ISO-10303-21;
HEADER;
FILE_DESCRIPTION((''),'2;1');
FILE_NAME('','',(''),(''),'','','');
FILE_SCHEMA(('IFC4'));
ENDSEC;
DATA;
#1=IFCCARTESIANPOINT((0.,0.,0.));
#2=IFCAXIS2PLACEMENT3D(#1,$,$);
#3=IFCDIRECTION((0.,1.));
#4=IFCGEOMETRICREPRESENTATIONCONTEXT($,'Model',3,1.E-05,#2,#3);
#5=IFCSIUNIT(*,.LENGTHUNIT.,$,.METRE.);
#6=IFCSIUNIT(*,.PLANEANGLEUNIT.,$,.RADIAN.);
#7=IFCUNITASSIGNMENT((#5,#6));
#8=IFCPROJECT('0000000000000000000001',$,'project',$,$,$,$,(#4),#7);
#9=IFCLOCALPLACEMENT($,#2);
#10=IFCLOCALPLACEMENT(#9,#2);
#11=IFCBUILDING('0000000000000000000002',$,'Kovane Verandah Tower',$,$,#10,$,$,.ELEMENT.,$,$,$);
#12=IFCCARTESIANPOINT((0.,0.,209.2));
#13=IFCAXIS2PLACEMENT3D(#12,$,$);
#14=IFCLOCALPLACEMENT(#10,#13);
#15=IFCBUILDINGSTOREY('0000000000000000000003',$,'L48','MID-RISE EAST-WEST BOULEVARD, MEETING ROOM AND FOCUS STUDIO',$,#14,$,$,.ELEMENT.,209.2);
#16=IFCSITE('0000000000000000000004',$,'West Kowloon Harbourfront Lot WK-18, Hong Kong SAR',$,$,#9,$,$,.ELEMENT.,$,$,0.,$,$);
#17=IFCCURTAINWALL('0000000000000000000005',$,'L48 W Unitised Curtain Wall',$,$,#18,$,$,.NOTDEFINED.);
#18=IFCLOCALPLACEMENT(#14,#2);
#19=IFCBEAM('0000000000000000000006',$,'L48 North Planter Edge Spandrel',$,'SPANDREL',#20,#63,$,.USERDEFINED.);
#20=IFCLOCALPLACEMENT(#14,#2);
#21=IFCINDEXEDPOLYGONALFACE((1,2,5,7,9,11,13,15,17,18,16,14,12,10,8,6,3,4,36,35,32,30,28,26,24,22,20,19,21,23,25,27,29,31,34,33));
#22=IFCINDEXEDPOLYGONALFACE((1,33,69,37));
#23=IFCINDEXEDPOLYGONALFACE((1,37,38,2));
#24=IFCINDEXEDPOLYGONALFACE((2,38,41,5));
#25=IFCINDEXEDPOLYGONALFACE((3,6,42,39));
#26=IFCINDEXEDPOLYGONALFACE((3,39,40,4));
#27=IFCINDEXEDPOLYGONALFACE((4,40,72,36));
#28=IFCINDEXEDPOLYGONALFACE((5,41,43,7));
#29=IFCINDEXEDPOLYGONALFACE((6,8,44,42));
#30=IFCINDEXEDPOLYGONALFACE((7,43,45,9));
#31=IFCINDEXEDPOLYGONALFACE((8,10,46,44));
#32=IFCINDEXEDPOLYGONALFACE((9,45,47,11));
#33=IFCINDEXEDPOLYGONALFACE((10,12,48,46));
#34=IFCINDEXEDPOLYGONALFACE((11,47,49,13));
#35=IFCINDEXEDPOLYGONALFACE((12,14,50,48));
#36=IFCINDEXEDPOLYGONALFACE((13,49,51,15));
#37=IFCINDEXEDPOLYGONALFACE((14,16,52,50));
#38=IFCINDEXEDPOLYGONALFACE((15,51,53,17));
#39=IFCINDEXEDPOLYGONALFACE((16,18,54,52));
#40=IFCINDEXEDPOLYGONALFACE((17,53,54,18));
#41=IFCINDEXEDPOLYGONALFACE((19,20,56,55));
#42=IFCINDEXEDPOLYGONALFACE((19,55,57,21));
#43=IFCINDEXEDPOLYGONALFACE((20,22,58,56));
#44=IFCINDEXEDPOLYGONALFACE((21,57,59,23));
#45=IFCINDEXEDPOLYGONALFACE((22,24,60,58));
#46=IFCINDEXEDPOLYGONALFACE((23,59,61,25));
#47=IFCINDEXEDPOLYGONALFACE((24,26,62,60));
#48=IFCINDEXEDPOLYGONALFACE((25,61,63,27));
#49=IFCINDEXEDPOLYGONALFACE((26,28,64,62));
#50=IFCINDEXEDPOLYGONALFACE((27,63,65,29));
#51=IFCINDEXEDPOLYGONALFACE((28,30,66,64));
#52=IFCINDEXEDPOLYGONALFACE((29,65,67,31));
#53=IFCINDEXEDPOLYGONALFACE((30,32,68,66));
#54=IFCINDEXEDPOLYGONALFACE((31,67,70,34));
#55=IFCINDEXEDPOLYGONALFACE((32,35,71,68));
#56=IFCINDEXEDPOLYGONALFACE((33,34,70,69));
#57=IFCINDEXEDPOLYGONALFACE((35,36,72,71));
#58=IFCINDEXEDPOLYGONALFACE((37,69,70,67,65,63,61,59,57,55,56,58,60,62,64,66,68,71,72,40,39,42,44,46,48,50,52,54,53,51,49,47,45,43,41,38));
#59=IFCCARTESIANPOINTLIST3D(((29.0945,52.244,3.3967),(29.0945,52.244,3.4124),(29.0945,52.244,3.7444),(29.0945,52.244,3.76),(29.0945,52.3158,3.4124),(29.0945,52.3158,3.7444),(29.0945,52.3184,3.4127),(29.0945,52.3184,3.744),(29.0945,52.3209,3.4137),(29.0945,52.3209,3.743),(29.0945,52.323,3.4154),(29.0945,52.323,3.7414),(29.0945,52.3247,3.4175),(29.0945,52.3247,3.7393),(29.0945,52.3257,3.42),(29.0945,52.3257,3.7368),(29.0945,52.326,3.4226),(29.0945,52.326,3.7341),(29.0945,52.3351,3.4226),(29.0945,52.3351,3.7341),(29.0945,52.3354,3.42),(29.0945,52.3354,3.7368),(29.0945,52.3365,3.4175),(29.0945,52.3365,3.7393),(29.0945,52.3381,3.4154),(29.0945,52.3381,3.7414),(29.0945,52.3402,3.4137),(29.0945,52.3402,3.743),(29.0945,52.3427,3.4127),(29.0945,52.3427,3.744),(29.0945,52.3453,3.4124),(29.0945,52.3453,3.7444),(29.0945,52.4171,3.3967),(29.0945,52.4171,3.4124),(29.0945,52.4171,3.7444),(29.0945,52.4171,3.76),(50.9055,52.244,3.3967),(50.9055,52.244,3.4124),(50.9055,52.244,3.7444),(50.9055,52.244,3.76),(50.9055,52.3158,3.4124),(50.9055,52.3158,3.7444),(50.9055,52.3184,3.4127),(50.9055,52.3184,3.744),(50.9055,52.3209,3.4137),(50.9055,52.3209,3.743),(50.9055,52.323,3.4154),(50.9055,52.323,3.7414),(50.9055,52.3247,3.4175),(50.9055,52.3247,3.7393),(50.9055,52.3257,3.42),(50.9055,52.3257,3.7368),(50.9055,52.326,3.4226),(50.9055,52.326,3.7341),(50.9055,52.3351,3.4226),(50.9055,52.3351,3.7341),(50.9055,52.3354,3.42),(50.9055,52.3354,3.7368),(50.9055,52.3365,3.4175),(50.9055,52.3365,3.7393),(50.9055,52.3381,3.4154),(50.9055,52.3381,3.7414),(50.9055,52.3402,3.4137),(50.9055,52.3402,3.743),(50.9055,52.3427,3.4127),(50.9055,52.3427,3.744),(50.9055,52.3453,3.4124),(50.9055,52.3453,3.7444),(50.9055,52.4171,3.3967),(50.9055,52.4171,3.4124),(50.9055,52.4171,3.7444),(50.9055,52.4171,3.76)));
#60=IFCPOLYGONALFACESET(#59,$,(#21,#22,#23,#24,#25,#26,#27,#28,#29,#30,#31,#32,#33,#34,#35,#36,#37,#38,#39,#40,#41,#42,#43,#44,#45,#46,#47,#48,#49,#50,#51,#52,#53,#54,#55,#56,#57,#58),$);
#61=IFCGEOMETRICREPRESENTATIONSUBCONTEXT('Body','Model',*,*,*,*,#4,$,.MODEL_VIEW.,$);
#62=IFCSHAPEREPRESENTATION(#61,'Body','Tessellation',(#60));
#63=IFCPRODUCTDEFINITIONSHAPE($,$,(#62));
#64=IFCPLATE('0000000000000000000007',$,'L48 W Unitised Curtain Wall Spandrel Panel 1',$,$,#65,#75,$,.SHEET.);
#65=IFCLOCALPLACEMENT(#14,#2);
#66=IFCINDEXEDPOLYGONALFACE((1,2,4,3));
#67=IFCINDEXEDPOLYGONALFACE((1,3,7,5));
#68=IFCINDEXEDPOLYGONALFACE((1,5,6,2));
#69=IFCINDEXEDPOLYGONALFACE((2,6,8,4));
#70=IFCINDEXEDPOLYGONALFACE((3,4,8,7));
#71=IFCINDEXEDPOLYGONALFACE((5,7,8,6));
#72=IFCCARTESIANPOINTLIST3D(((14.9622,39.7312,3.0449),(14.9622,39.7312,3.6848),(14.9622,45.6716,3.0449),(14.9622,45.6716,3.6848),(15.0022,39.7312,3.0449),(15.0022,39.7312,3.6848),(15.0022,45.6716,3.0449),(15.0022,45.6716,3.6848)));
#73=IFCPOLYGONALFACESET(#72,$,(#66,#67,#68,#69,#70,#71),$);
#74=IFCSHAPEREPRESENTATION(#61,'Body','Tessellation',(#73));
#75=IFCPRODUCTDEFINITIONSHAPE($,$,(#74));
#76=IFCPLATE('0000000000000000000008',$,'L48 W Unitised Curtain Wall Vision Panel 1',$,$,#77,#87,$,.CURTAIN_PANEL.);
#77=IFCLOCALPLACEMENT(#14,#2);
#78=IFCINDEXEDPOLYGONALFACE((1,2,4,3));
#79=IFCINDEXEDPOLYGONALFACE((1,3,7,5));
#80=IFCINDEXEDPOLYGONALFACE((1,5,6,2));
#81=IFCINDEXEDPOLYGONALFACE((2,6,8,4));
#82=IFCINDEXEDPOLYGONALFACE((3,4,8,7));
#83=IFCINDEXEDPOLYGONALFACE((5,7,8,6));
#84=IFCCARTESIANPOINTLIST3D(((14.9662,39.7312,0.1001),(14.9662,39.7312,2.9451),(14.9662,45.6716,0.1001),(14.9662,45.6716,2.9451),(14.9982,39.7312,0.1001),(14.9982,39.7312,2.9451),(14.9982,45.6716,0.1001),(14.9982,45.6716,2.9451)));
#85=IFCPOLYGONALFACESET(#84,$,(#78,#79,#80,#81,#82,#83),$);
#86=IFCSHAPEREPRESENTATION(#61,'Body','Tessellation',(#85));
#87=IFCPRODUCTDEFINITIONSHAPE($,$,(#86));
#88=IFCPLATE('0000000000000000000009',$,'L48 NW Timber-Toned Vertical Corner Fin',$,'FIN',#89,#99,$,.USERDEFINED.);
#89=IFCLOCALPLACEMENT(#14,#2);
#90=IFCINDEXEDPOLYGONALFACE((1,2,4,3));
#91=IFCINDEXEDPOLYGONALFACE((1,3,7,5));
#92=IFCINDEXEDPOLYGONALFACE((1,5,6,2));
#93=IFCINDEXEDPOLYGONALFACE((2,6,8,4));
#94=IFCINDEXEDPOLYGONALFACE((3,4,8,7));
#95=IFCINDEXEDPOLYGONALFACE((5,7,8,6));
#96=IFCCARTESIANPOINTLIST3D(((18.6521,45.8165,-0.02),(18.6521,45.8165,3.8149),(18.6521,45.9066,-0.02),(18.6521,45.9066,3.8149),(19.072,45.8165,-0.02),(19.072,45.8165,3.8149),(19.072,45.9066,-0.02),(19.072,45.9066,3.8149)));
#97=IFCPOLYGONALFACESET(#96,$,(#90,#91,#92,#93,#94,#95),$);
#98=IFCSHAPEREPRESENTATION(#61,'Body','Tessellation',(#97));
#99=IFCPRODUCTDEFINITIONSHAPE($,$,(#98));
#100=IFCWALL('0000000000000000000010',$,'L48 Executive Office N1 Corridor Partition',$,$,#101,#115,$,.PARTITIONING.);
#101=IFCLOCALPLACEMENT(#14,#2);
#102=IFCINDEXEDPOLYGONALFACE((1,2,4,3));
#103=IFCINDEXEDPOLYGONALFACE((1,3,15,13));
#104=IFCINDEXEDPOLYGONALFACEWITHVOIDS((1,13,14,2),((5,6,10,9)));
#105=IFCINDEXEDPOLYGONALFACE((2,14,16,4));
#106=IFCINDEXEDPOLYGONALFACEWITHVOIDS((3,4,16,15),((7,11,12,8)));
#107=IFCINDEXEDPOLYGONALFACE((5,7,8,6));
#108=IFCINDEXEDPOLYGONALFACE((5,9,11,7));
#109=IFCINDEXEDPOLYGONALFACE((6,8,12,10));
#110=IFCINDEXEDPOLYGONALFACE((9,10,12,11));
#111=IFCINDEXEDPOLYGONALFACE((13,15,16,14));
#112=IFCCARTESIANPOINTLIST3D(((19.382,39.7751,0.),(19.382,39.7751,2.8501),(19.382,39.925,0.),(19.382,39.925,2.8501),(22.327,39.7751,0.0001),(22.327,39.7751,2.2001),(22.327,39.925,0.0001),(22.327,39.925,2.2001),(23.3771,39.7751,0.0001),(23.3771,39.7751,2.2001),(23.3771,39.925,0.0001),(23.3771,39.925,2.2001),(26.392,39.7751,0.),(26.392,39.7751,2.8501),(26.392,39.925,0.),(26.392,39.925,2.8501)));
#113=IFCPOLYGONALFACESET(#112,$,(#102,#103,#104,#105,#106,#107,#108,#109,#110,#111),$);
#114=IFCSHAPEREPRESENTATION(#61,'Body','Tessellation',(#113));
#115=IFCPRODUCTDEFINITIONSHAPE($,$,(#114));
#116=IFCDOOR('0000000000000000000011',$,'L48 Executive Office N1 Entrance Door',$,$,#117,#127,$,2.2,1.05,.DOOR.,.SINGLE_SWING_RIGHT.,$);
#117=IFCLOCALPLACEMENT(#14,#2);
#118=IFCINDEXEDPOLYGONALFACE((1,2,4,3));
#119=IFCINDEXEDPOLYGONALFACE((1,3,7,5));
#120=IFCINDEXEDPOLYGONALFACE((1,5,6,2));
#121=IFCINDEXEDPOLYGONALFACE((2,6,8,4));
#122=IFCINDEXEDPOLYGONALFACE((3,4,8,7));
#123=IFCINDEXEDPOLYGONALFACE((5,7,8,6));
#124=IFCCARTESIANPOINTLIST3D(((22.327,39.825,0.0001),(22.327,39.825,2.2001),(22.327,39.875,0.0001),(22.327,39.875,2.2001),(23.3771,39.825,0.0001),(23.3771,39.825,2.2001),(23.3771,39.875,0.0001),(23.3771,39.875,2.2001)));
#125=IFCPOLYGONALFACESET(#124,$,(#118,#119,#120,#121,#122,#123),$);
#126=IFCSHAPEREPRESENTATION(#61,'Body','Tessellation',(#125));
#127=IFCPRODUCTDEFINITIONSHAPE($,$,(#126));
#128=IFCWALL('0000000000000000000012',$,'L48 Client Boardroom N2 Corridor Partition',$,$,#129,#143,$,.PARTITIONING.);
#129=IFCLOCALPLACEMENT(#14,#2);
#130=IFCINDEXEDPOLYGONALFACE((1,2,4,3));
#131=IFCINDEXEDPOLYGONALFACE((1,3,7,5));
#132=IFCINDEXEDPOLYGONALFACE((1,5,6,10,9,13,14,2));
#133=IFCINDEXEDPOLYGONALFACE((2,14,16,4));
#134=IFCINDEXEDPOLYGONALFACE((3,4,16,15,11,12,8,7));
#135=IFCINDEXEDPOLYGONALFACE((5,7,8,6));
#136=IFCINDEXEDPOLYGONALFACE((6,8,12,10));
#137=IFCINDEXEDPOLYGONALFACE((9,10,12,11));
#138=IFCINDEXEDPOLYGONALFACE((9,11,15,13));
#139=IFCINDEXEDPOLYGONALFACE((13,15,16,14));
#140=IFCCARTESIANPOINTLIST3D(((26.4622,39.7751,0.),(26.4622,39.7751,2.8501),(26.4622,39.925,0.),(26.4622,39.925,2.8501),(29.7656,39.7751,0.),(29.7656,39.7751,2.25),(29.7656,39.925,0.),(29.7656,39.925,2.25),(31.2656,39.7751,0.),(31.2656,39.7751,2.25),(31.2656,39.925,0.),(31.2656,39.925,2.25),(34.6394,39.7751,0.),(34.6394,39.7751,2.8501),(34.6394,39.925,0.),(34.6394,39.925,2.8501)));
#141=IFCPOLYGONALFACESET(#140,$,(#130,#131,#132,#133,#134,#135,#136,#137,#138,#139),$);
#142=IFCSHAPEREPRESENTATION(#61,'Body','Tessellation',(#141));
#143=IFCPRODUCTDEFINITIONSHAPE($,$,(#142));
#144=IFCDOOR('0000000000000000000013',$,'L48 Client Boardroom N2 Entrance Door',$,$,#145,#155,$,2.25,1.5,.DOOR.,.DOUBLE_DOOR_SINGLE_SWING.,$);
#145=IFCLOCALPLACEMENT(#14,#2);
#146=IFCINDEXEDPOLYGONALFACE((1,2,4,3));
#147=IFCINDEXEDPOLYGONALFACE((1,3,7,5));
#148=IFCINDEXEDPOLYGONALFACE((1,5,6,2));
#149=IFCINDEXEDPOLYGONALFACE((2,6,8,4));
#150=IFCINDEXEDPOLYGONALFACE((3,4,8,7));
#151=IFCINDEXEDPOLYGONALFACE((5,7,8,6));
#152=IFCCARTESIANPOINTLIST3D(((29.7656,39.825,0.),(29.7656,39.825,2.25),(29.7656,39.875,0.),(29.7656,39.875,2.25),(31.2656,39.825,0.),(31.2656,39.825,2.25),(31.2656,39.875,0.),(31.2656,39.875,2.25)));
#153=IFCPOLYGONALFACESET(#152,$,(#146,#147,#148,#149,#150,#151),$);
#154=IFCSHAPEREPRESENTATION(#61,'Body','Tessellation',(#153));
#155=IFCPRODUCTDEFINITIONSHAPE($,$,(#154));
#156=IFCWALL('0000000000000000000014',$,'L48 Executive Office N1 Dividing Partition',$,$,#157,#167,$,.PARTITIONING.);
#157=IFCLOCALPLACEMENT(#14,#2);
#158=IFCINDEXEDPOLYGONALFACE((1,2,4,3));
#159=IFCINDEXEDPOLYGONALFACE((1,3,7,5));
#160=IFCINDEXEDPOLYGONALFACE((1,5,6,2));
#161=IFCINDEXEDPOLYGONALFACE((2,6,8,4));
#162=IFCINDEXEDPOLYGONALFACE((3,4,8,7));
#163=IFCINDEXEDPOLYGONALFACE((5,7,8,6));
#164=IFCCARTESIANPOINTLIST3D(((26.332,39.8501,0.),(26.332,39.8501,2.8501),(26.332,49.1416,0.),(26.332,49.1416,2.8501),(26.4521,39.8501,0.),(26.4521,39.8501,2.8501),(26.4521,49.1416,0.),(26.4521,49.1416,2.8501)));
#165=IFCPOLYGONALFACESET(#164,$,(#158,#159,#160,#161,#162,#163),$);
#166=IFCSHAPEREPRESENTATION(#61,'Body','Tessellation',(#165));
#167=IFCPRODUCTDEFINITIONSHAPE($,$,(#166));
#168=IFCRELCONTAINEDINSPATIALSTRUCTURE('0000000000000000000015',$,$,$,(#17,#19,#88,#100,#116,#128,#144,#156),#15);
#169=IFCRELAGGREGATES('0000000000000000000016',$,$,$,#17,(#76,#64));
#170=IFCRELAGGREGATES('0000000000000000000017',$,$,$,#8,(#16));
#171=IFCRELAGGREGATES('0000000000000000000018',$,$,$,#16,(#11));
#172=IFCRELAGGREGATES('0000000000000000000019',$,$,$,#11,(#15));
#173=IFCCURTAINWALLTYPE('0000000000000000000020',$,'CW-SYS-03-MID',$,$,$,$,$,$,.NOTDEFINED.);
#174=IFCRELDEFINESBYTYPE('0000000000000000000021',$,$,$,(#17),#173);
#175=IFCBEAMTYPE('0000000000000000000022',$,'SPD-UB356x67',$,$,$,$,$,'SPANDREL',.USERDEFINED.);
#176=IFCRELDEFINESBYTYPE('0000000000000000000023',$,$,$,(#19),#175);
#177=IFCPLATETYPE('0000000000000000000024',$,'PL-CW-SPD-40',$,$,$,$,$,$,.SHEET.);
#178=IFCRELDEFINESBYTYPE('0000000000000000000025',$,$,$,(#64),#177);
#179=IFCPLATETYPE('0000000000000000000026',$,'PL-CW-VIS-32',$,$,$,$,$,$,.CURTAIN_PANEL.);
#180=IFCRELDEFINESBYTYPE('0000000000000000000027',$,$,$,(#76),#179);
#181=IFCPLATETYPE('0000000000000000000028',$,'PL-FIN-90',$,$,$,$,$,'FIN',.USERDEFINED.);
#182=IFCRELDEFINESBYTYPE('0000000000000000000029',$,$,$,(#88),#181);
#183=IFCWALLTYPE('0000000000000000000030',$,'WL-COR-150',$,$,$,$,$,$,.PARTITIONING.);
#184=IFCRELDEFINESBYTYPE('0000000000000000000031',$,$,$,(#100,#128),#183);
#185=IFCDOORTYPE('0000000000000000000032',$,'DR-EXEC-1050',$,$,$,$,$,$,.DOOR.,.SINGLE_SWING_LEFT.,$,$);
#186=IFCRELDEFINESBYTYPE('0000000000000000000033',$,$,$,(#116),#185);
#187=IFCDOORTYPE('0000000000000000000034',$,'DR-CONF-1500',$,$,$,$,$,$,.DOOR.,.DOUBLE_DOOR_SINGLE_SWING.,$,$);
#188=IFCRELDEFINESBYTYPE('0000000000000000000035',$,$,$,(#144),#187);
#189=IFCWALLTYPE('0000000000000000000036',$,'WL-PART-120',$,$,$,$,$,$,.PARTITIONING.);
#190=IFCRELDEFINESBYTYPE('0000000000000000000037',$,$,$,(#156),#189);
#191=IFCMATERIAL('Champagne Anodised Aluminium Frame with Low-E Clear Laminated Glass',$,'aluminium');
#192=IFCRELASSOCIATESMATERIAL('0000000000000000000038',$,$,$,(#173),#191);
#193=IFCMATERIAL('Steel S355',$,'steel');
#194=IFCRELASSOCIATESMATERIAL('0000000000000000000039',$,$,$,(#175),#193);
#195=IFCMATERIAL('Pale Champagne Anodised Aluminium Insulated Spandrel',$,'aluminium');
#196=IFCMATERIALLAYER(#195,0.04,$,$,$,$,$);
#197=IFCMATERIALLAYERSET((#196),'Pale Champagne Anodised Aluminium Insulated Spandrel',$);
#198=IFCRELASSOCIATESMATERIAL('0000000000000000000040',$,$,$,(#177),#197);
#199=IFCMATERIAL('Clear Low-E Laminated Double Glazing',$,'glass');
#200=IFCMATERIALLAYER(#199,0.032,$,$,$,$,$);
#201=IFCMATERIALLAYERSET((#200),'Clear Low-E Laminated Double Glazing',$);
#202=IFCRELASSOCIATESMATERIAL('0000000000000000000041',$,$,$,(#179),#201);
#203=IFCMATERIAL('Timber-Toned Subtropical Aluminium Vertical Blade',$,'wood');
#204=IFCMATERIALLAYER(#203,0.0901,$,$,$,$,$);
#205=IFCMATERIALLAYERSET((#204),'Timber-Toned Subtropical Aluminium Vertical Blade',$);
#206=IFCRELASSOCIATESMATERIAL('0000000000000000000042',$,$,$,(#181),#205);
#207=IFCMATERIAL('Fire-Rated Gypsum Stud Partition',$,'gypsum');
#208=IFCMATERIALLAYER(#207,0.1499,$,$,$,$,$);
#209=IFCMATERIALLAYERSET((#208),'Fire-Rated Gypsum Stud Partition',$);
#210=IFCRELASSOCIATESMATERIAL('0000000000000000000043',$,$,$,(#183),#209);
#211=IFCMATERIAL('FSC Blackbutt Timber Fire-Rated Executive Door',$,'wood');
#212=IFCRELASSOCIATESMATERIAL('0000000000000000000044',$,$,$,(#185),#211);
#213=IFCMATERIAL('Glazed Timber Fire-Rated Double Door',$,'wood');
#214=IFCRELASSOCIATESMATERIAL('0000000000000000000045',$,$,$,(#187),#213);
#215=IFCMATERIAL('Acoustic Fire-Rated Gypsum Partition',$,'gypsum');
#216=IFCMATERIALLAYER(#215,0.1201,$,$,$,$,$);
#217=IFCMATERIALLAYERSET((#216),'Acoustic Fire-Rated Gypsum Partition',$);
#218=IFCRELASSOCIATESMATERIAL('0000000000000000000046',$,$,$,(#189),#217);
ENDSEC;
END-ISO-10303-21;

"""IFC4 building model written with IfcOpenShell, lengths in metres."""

from ifc_helpers import new_model, si_unit, direction, frame, frame_2d, origin, origin_2d, place, context, subcontext, project, spatial, rectangle, i_section, extrude, material, layer, layer_set, material_profile, profile_set, type_object, element, fill, aggregate, save


model = new_model("IFC4")

# Units and contexts
model_context = context("Model", 3, precision=1e-05, world=origin(), true_north=direction((0.0, 1.0)))
body_context = subcontext(model_context, "Body", "Model", "MODEL_VIEW")
ifc_project = project(units=[si_unit("LENGTHUNIT", "METRE"), si_unit("PLANEANGLEUNIT", "RADIAN")], contexts=[model_context])

# Site, building, storey
site_placement = place(None, origin())
site = spatial("IfcSite", under=ifc_project, at=site_placement, Name="West Kowloon Harbourfront Lot WK-18, Hong Kong SAR", CompositionType="ELEMENT", RefElevation=0.0)
building_placement = place(site_placement, origin())
building = spatial("IfcBuilding", under=site, at=building_placement, Name="Kovane Verandah Tower", CompositionType="ELEMENT")
storey_placement = place(building_placement, frame((0.0, 0.0, 209.2)))
storey = spatial("IfcBuildingStorey", under=building, at=storey_placement, Name="L48", Description="MID-RISE EAST-WEST BOULEVARD, MEETING ROOM AND FOCUS STUDIO", CompositionType="ELEMENT", Elevation=209.2)

# Shared definitions
ifc_material_1 = material(Name="Steel S355", Category="steel")

# Curtain wall
ifc_material_2 = material(Name="Champagne Anodised Aluminium Frame with Low-E Clear Laminated Glass", Category="aluminium")
curtain_wall_type = type_object("IfcCurtainWallType", Name="CW-SYS-03-MID", PredefinedType="NOTDEFINED", material=ifc_material_2)
curtain_wall_placement = place(storey_placement, origin())
curtain_wall = element("IfcCurtainWall", 1, at=curtain_wall_placement, inside=storey, type_object=curtain_wall_type, Name="L48 W Unitised Curtain Wall", PredefinedType="NOTDEFINED")

# Beam
ifc_material_profile_1 = material_profile(ifc_material_1, i_section(OverallWidth=0.1731, OverallDepth=0.3633, WebThickness=0.009, FlangeThickness=0.0156, FilletRadius=0.0103, at=origin_2d()), Name="UB356x171x67")
ifc_profile_set_1 = profile_set([ifc_material_profile_1], Name="Steel S355")
beam_type_1 = type_object("IfcBeamType", Name="SPD-UB356x67", ElementType="SPANDREL", PredefinedType="USERDEFINED", material=ifc_profile_set_1)
beam_1_placement = place(storey_placement, frame((29.0945, 52.3306, 3.5784), z_axis=(1.0, 0.0, 0.0), x_axis=(0.0, 1.0, 0.0)))
element("IfcBeam", 2, at=beam_1_placement, inside=storey, type_object=beam_type_1, Name="L48 North Planter Edge Spandrel", ObjectType="SPANDREL", PredefinedType="USERDEFINED", context=body_context, shape_type="SweptSolid", body=[
    extrude(i_section(OverallWidth=0.1731, OverallDepth=0.3633, WebThickness=0.009, FlangeThickness=0.0156, FilletRadius=0.0103, at=origin_2d()), origin(), (0.0, 0.0, 1.0), 21.811),
])

# Plates
ifc_material_3 = material(Name="Pale Champagne Anodised Aluminium Insulated Spandrel", Category="aluminium")
ifc_layer_1 = layer(ifc_material_3, 0.04)
ifc_layer_set_1 = layer_set([ifc_layer_1], Name="Pale Champagne Anodised Aluminium Insulated Spandrel")
plate_type_1 = type_object("IfcPlateType", Name="PL-CW-SPD-40", PredefinedType="SHEET", material=ifc_layer_set_1)
plate_1_placement = place(storey_placement, frame((14.9822, 42.7014, 3.0449), z_axis=(0.0, 0.0, 1.0), x_axis=(0.0, -1.0, 0.0)))
plate_1 = element("IfcPlate", 3, at=plate_1_placement, type_object=plate_type_1, Name="L48 W Unitised Curtain Wall Spandrel Panel 1", PredefinedType="SHEET", context=body_context, shape_type="SweptSolid", body=[
    extrude(rectangle(XDim=5.9404, YDim=0.04, at=origin_2d()), origin(), (0.0, 0.0, 1.0), 0.6399),
])
ifc_material_4 = material(Name="Clear Low-E Laminated Double Glazing", Category="glass")
ifc_layer_2 = layer(ifc_material_4, 0.032)
ifc_layer_set_2 = layer_set([ifc_layer_2], Name="Clear Low-E Laminated Double Glazing")
plate_type_2 = type_object("IfcPlateType", Name="PL-CW-VIS-32", PredefinedType="CURTAIN_PANEL", material=ifc_layer_set_2)
plate_2_placement = place(storey_placement, frame((14.9822, 42.7014, 0.1001), z_axis=(0.0, 0.0, 1.0), x_axis=(0.0, -1.0, 0.0)))
plate_2 = element("IfcPlate", 4, at=plate_2_placement, type_object=plate_type_2, Name="L48 W Unitised Curtain Wall Vision Panel 1", PredefinedType="CURTAIN_PANEL", context=body_context, shape_type="SweptSolid", body=[
    extrude(rectangle(XDim=5.9404, YDim=0.032, at=origin_2d()), origin(), (0.0, 0.0, 1.0), 2.845),
])
aggregate(curtain_wall, [plate_2, plate_1])
ifc_material_5 = material(Name="Timber-Toned Subtropical Aluminium Vertical Blade", Category="wood")
ifc_layer_3 = layer(ifc_material_5, 0.0901)
ifc_layer_set_3 = layer_set([ifc_layer_3], Name="Timber-Toned Subtropical Aluminium Vertical Blade")
plate_type_3 = type_object("IfcPlateType", Name="PL-FIN-90", ElementType="FIN", PredefinedType="USERDEFINED", material=ifc_layer_set_3)
plate_3_placement = place(storey_placement, frame((18.8621, 45.8616, -0.02), z_axis=(0.0, 0.0, 1.0), x_axis=(1.0, 0.0, 0.0)))
element("IfcPlate", 5, at=plate_3_placement, inside=storey, type_object=plate_type_3, Name="L48 NW Timber-Toned Vertical Corner Fin", ObjectType="FIN", PredefinedType="USERDEFINED", context=body_context, shape_type="SweptSolid", body=[
    extrude(rectangle(XDim=0.4199, YDim=0.0901, at=origin_2d()), origin(), (0.0, 0.0, 1.0), 3.835),
])

# Walls, openings, doors
ifc_material_6 = material(Name="Fire-Rated Gypsum Stud Partition", Category="gypsum")
ifc_layer_4 = layer(ifc_material_6, 0.1499)
ifc_layer_set_4 = layer_set([ifc_layer_4], Name="Fire-Rated Gypsum Stud Partition")
wall_type_1 = type_object("IfcWallType", Name="WL-COR-150", PredefinedType="PARTITIONING", material=ifc_layer_set_4)
wall_1_placement = place(storey_placement, frame((19.3821, 39.8501, 0.0), z_axis=(0.0, 0.0, 1.0), x_axis=(1.0, 0.0, 0.0)))
wall_1 = element("IfcWall", 6, at=wall_1_placement, inside=storey, type_object=wall_type_1, Name="L48 Executive Office N1 Corridor Partition", PredefinedType="PARTITIONING", context=body_context, shape_type="SweptSolid", body=[
    extrude(rectangle(XDim=7.01, YDim=0.1499, at=frame_2d((3.5049, 0.0))), origin(), (0.0, 0.0, 1.0), 2.8501),
])
opening_1_placement = place(wall_1_placement, frame((2.9451, 0.0, 0.0)))
opening_1 = element("IfcOpeningElement", 7, at=opening_1_placement, cuts=wall_1, PredefinedType="OPENING", context=body_context, shape_type="SweptSolid", body=[
    extrude(rectangle(XDim=1.05, YDim=2.2, at=frame_2d((0.5249, 1.1001))), frame((0.0, 0.075, 0.0), z_axis=(0.0, -1.0, 0.0), x_axis=(1.0, 0.0, 0.0)), (0.0, 0.0, 1.0), 0.1499),
])
ifc_material_7 = material(Name="FSC Blackbutt Timber Fire-Rated Executive Door", Category="wood")
door_type_1 = type_object("IfcDoorType", Name="DR-EXEC-1050", OperationType="SINGLE_SWING_LEFT", PredefinedType="DOOR", material=ifc_material_7)
door_1_placement = place(opening_1_placement, origin())
door_1 = element("IfcDoor", 8, at=door_1_placement, inside=storey, type_object=door_type_1, Name="L48 Executive Office N1 Entrance Door", OperationType="SINGLE_SWING_RIGHT", OverallHeight=2.2, OverallWidth=1.05, PredefinedType="DOOR", context=body_context, shape_type="SweptSolid", body=[
    extrude(rectangle(XDim=1.05, YDim=2.2, at=frame_2d((0.5249, 1.1001))), frame((0.0, 0.0249, 0.0), z_axis=(0.0, -1.0, 0.0), x_axis=(1.0, 0.0, 0.0)), (0.0, 0.0, 1.0), 0.05),
])
fill(opening_1, door_1)
wall_2_placement = place(storey_placement, frame((26.4622, 39.8501, 0.0), z_axis=(0.0, 0.0, 1.0), x_axis=(1.0, 0.0, 0.0)))
wall_2 = element("IfcWall", 9, at=wall_2_placement, inside=storey, type_object=wall_type_1, Name="L48 Client Boardroom N2 Corridor Partition", PredefinedType="PARTITIONING", context=body_context, shape_type="SweptSolid", body=[
    extrude(rectangle(XDim=8.1772, YDim=0.1499, at=frame_2d((4.0886, 0.0))), origin(), (0.0, 0.0, 1.0), 2.8501),
])
opening_2_placement = place(wall_2_placement, frame((3.3035, 0.0, 0.0)))
opening_2 = element("IfcOpeningElement", 10, at=opening_2_placement, cuts=wall_2, PredefinedType="OPENING", context=body_context, shape_type="SweptSolid", body=[
    extrude(rectangle(XDim=1.5, YDim=2.25, at=frame_2d((0.75, 1.125))), frame((0.0, 0.075, 0.0), z_axis=(0.0, -1.0, 0.0), x_axis=(1.0, 0.0, 0.0)), (0.0, 0.0, 1.0), 0.1499),
])
ifc_material_8 = material(Name="Glazed Timber Fire-Rated Double Door", Category="wood")
door_type_2 = type_object("IfcDoorType", Name="DR-CONF-1500", OperationType="DOUBLE_DOOR_SINGLE_SWING", PredefinedType="DOOR", material=ifc_material_8)
door_2_placement = place(opening_2_placement, origin())
door_2 = element("IfcDoor", 11, at=door_2_placement, inside=storey, type_object=door_type_2, Name="L48 Client Boardroom N2 Entrance Door", OperationType="DOUBLE_DOOR_SINGLE_SWING", OverallHeight=2.25, OverallWidth=1.5, PredefinedType="DOOR", context=body_context, shape_type="SweptSolid", body=[
    extrude(rectangle(XDim=1.5, YDim=2.25, at=frame_2d((0.75, 1.125))), frame((0.0, 0.0249, 0.0), z_axis=(0.0, -1.0, 0.0), x_axis=(1.0, 0.0, 0.0)), (0.0, 0.0, 1.0), 0.05),
])
fill(opening_2, door_2)

# Wall
ifc_material_9 = material(Name="Acoustic Fire-Rated Gypsum Partition", Category="gypsum")
ifc_layer_5 = layer(ifc_material_9, 0.1201)
ifc_layer_set_5 = layer_set([ifc_layer_5], Name="Acoustic Fire-Rated Gypsum Partition")
wall_type_2 = type_object("IfcWallType", Name="WL-PART-120", PredefinedType="PARTITIONING", material=ifc_layer_set_5)
wall_3_placement = place(storey_placement, frame((26.3921, 39.8501, 0.0), z_axis=(0.0, 0.0, 1.0), x_axis=(0.0, 1.0, 0.0)))
element("IfcWall", 12, at=wall_3_placement, inside=storey, type_object=wall_type_2, Name="L48 Executive Office N1 Dividing Partition", PredefinedType="PARTITIONING", context=body_context, shape_type="SweptSolid", body=[
    extrude(rectangle(XDim=9.2915, YDim=0.1201, at=frame_2d((4.6458, 0.0))), origin(), (0.0, 0.0, 1.0), 2.8501),
])

save(model, "model.ifc")
